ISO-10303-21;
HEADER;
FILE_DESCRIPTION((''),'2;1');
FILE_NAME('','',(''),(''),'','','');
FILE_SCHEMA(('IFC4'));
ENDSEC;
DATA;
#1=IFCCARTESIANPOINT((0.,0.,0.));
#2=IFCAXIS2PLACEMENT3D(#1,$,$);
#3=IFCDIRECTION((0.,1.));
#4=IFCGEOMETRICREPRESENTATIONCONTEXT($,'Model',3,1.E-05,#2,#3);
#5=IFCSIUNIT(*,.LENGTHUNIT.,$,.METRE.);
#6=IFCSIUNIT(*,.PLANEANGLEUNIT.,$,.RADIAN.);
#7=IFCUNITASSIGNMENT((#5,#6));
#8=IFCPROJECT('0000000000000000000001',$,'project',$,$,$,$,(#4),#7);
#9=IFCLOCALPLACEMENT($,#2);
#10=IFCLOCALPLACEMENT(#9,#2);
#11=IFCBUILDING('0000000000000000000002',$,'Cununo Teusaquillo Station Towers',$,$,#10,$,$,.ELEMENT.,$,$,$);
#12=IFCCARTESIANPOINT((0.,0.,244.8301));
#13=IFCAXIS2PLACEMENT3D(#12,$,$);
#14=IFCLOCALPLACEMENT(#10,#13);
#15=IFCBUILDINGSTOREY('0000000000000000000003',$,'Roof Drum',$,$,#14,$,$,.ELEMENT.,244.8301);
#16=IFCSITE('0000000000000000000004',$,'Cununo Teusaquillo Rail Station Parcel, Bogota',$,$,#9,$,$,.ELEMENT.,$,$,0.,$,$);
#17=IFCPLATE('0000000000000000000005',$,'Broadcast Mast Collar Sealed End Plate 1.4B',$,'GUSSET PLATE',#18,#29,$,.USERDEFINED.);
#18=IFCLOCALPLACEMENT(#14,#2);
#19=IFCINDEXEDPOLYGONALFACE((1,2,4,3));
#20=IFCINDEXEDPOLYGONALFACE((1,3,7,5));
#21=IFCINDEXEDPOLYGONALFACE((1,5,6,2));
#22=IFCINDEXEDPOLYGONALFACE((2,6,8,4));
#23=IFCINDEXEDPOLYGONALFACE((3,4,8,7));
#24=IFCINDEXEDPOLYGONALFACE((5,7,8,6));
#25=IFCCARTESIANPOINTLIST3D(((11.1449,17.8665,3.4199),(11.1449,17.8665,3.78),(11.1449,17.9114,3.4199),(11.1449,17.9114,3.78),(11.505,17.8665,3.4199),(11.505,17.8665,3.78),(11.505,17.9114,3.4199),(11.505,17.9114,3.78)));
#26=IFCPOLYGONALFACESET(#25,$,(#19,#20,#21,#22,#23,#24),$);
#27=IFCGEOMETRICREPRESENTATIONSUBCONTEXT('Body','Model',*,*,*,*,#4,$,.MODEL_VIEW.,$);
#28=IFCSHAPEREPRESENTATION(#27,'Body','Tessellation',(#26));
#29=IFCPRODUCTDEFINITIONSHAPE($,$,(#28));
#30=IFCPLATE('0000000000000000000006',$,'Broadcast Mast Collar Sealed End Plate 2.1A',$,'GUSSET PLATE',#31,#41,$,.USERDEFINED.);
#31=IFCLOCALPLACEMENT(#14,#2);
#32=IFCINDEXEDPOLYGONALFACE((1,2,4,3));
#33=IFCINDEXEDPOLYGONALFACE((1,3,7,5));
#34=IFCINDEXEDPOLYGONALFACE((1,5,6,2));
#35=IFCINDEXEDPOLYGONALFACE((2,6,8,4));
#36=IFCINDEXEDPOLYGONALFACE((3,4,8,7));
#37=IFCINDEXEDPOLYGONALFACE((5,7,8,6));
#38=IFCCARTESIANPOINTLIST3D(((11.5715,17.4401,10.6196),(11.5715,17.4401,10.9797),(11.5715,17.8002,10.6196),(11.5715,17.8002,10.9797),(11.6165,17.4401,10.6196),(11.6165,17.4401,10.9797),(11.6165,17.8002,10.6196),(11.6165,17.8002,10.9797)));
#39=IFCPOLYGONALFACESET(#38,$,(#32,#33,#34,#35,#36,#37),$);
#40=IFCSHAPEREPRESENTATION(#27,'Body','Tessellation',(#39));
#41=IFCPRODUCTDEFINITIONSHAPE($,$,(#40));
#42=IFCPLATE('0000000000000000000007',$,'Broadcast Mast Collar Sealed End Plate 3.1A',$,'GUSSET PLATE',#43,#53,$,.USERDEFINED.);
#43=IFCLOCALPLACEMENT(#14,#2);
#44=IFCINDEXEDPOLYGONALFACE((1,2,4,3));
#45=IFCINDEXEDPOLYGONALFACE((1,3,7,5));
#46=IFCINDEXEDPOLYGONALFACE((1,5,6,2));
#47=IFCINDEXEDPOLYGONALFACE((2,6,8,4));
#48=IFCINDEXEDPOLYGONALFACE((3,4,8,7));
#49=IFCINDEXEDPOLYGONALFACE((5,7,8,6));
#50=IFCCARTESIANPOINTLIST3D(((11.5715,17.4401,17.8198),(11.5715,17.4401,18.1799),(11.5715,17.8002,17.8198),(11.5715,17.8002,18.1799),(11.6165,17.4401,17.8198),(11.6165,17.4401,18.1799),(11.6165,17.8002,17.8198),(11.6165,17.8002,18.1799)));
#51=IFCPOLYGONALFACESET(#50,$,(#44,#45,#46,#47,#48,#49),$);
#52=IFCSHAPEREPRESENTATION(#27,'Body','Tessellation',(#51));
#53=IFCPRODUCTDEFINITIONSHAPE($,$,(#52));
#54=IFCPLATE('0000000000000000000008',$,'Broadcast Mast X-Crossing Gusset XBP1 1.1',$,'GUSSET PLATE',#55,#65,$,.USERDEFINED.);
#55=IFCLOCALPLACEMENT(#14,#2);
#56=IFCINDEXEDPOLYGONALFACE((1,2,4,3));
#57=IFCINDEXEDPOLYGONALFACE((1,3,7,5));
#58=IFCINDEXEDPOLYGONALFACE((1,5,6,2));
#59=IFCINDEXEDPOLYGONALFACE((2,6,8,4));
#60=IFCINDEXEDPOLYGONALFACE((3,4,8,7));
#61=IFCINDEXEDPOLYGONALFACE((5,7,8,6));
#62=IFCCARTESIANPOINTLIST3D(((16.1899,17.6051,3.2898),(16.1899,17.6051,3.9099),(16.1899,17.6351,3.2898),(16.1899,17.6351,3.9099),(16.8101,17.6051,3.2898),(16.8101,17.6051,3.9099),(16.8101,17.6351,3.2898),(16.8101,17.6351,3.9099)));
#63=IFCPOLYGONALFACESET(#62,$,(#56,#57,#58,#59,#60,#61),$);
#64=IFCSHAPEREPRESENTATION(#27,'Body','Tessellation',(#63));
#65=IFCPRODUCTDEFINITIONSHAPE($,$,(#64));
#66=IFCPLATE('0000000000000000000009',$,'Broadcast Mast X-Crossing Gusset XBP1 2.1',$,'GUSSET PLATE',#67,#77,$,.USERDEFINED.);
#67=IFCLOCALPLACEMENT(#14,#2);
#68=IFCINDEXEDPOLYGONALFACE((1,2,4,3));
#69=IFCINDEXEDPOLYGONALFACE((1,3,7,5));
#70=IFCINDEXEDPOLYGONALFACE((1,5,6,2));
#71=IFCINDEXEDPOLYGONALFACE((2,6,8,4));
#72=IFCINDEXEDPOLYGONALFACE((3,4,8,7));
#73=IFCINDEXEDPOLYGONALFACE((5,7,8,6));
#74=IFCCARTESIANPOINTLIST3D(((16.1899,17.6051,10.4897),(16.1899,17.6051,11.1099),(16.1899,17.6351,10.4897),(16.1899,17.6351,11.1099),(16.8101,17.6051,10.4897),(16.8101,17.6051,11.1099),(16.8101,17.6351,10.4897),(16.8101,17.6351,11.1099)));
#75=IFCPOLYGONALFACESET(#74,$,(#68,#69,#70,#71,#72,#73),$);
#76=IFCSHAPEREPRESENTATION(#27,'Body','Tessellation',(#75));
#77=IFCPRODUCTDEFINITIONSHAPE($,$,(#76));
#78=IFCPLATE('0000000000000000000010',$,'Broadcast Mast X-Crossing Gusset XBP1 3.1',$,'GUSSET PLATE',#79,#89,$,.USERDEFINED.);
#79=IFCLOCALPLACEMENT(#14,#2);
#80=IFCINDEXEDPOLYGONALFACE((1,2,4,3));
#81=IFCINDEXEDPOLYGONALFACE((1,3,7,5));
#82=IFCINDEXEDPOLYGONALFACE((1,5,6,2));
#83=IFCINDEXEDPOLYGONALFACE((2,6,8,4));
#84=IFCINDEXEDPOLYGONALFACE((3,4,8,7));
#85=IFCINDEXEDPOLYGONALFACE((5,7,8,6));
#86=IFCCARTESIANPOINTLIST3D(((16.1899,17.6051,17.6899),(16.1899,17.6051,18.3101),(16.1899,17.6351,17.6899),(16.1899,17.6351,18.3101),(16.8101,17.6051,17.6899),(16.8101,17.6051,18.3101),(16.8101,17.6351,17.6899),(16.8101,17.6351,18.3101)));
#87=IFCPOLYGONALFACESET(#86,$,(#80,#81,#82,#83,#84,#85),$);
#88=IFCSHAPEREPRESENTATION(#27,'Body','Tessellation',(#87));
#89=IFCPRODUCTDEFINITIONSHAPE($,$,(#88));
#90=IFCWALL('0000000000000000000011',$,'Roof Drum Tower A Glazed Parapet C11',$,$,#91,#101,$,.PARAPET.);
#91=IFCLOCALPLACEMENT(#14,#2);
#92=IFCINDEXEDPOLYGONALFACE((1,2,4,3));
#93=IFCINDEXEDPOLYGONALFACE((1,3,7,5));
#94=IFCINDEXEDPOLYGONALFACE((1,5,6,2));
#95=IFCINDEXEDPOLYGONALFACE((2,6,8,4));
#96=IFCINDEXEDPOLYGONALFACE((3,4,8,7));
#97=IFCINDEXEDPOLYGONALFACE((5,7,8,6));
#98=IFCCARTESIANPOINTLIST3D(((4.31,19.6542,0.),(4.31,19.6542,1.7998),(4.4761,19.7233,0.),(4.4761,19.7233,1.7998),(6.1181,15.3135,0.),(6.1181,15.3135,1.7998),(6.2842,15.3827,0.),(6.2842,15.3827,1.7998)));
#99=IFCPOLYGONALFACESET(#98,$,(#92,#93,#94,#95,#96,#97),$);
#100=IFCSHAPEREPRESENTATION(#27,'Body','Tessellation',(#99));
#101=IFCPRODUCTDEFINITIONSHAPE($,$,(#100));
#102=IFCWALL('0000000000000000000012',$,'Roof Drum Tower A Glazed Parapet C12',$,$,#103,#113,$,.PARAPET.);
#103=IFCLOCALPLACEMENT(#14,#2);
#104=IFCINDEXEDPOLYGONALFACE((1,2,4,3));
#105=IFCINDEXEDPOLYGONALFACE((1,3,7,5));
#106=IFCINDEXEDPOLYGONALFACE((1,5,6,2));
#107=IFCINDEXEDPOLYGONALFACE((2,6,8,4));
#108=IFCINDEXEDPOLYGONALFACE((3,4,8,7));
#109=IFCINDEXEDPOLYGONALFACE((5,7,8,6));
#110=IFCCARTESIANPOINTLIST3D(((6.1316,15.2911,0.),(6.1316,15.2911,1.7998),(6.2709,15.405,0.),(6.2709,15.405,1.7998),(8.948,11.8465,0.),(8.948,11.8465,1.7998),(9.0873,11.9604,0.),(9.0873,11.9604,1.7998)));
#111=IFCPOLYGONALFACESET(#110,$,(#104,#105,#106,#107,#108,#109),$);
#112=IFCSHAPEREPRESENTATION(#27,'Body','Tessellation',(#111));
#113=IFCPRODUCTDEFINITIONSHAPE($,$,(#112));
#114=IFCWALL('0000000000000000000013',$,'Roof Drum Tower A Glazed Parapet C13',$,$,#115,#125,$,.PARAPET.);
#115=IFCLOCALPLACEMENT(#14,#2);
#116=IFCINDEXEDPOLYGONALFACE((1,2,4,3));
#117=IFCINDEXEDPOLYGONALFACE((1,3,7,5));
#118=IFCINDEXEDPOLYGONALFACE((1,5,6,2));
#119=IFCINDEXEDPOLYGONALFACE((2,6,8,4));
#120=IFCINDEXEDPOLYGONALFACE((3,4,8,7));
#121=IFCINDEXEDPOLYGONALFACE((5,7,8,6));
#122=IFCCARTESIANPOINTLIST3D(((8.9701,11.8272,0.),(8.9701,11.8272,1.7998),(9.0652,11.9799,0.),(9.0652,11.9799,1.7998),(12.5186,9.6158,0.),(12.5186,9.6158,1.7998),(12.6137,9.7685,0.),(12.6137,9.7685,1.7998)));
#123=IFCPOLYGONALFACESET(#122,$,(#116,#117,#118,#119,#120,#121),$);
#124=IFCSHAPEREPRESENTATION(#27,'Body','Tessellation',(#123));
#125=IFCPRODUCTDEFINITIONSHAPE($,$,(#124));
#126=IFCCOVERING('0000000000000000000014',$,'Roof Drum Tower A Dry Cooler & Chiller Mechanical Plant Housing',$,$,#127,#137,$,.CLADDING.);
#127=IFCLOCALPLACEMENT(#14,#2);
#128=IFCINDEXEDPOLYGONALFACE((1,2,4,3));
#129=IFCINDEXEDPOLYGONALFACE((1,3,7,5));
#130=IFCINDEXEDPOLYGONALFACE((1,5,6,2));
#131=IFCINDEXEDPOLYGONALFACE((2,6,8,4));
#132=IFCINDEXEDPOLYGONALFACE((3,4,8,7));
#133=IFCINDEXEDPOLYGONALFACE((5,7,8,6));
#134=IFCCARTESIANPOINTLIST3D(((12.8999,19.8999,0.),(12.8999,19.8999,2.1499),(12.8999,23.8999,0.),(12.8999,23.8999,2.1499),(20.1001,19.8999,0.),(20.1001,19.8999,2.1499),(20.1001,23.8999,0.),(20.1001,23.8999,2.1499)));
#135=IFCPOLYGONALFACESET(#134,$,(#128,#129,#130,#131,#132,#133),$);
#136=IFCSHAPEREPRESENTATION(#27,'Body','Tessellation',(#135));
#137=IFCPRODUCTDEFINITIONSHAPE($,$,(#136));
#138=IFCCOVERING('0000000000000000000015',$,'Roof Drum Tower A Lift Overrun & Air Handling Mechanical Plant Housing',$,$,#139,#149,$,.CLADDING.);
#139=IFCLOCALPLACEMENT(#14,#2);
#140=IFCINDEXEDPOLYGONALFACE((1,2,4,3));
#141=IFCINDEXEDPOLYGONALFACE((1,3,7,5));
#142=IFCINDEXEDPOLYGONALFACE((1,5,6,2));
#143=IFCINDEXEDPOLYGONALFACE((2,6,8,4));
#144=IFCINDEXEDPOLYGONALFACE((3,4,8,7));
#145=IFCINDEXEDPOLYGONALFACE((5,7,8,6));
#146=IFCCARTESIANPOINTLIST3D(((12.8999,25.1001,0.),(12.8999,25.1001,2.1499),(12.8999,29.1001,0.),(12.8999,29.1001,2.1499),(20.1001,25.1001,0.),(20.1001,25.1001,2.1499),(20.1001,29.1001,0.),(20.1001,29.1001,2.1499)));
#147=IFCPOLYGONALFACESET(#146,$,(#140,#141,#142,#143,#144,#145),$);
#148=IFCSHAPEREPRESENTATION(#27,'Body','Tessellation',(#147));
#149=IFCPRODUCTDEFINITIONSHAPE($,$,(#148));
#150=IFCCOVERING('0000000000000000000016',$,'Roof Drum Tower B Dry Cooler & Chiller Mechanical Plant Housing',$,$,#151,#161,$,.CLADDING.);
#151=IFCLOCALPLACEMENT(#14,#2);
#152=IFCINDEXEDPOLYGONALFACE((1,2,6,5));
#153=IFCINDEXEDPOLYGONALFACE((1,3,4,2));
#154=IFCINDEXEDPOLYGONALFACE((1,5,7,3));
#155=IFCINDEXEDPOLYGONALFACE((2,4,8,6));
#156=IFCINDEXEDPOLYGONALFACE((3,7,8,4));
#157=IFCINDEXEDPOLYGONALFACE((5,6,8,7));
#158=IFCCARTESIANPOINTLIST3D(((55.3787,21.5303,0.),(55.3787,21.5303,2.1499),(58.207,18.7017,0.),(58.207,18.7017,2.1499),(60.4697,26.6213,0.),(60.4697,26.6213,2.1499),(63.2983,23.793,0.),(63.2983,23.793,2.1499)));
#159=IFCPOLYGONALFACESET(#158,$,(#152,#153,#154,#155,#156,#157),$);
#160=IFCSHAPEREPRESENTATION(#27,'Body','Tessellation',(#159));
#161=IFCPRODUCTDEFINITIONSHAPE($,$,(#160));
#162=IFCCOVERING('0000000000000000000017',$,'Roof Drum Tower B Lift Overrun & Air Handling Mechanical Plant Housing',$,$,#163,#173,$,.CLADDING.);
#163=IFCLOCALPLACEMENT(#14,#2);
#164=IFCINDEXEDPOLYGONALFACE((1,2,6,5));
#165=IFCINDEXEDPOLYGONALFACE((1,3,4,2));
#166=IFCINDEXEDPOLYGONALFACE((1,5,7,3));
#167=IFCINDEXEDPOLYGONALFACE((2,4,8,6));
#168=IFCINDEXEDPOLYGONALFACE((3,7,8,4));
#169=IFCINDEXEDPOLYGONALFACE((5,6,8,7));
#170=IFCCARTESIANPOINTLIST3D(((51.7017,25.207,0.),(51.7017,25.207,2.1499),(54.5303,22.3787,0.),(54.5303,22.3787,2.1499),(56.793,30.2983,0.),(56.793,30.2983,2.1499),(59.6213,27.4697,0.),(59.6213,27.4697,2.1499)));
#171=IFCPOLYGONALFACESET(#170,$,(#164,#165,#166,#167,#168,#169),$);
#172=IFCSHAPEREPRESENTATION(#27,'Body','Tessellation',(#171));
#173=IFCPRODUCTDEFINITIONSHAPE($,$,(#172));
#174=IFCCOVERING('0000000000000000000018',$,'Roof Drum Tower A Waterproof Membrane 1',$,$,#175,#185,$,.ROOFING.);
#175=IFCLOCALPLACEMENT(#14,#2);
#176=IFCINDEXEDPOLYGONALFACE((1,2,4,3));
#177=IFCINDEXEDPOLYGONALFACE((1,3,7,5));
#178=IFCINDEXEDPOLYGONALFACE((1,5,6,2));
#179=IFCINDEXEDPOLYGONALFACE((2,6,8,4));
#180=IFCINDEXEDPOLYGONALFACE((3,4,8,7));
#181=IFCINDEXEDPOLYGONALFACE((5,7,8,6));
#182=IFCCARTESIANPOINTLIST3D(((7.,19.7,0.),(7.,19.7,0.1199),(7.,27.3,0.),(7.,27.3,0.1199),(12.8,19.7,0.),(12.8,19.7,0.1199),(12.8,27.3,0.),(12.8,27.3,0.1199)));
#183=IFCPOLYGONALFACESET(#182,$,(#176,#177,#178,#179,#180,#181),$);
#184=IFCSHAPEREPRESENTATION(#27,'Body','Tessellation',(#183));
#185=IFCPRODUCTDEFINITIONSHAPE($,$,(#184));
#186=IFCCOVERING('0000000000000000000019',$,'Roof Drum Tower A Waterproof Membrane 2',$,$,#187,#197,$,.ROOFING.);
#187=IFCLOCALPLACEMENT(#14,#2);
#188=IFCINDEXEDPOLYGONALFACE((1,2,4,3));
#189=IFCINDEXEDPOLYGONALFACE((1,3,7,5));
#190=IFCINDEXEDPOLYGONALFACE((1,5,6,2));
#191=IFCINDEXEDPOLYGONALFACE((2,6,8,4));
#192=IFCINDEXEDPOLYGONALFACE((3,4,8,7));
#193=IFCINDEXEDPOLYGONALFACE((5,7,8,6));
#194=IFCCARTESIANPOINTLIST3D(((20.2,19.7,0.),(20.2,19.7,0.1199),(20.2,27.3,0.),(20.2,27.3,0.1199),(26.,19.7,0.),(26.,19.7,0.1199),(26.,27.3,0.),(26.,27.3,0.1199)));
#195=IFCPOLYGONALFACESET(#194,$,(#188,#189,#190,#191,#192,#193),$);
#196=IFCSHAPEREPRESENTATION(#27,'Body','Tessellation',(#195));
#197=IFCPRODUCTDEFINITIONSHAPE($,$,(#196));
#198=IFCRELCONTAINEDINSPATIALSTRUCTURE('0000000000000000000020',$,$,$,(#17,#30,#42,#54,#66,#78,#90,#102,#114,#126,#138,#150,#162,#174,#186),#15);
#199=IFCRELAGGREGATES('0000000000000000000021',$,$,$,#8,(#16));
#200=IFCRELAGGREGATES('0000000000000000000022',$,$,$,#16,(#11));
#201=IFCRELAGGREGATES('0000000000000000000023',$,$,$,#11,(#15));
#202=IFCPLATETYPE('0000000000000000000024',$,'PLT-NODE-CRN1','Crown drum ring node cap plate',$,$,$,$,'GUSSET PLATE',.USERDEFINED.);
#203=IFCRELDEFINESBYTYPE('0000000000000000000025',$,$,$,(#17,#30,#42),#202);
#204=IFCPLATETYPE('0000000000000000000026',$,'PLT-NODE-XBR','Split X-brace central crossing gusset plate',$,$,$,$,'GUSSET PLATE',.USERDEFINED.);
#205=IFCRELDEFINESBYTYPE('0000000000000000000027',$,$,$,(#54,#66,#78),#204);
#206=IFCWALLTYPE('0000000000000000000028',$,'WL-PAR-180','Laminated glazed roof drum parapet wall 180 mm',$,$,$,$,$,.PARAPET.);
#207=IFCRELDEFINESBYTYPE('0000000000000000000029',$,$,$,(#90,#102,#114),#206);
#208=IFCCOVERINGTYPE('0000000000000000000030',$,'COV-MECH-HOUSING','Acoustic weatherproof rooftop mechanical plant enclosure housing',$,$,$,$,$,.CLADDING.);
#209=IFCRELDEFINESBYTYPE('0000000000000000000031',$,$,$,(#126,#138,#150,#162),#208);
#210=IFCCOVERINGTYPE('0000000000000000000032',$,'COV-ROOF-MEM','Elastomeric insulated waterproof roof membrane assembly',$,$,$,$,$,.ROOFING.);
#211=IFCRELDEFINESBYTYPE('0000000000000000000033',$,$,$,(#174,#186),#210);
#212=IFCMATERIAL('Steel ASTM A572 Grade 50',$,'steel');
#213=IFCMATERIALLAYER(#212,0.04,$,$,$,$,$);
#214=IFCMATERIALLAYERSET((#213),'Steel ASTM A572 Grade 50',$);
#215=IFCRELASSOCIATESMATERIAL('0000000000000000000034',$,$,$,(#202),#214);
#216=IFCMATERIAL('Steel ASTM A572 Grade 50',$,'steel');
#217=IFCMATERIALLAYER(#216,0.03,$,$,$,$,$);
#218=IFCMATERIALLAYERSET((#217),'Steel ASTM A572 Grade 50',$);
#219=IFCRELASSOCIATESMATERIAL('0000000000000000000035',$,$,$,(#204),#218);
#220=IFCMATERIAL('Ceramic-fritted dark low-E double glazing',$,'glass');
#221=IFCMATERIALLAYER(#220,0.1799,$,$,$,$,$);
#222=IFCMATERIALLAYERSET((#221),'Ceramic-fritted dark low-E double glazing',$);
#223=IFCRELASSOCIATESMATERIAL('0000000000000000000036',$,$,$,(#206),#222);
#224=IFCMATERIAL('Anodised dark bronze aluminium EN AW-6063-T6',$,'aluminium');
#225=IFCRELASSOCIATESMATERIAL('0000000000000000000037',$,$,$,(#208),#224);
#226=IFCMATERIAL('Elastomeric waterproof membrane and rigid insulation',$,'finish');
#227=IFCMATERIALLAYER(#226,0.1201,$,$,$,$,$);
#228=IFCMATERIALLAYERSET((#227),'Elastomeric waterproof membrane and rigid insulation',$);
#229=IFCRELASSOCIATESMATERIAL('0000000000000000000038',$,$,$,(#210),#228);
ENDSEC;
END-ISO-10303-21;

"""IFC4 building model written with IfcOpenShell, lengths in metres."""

from ifc_helpers import new_model, si_unit, direction, frame, frame_2d, origin, origin_2d, place, context, subcontext, project, spatial, polyline, rectangle, outline, extrude, source, transform, mapped, material, layer, layer_set, type_object, element, save


model = new_model("IFC4")

# Units and contexts
model_context = context("Model", 3, precision=1e-05, world=origin(), true_north=direction((0.0, 1.0)))
body_context = subcontext(model_context, "Body", "Model", "MODEL_VIEW")
ifc_project = project(units=[si_unit("LENGTHUNIT", "METRE"), si_unit("PLANEANGLEUNIT", "RADIAN")], contexts=[model_context])

# Site, building, storey
site_placement = place(None, origin())
site = spatial("IfcSite", under=ifc_project, at=site_placement, Name="Cununo Teusaquillo Rail Station Parcel, Bogota", CompositionType="ELEMENT", RefElevation=0.0)
building_placement = place(site_placement, origin())
building = spatial("IfcBuilding", under=site, at=building_placement, Name="Cununo Teusaquillo Station Towers", CompositionType="ELEMENT")
storey_placement = place(building_placement, frame((0.0, 0.0, 244.8301)))
storey = spatial("IfcBuildingStorey", under=building, at=storey_placement, Name="Roof Drum", CompositionType="ELEMENT", Elevation=244.8301)

# Plates
ifc_material_1 = material(Name="Steel ASTM A572 Grade 50", Category="steel")
ifc_layer_1 = layer(ifc_material_1, 0.04)
ifc_layer_set_1 = layer_set([ifc_layer_1], Name="Steel ASTM A572 Grade 50")
plate_type_1 = type_object("IfcPlateType", Name="PLT-NODE-CRN1", Description="Crown drum ring node cap plate", ElementType="GUSSET PLATE", PredefinedType="USERDEFINED", material=ifc_layer_set_1)
shared_shape_1 = source(origin(), body_context, "Body", "SweptSolid", [
    extrude(rectangle(XDim=0.0449, YDim=0.3601, at=origin_2d()), origin(), (0.0, 0.0, 1.0), 0.3601),
])
for number, where, z_axis, x_axis, name in (
    (1, (11.325, 17.8889, 3.4199), (0.0, 0.0, 1.0), (0.0, -1.0, 0.0), "Broadcast Mast Collar Sealed End Plate 1.4B"),
    (2, (11.594, 17.6201, 10.6196), (0.0, 0.0, 1.0), (1.0, 0.0, 0.0), "Broadcast Mast Collar Sealed End Plate 2.1A"),
    (3, (11.594, 17.6201, 17.8198), (0.0, 0.0, 1.0), (1.0, 0.0, 0.0), "Broadcast Mast Collar Sealed End Plate 3.1A"),
):
    element("IfcPlate", number, at=place(storey_placement, frame(where, z_axis=z_axis, x_axis=x_axis)), inside=storey, type_object=plate_type_1, Name=name, ObjectType="GUSSET PLATE", PredefinedType="USERDEFINED", context=body_context, shape_type="MappedRepresentation", body=[
        mapped(shared_shape_1, transform((0.0, 0.0, 0.0), x_axis=(1.0, 0.0, 0.0), y_axis=(0.0, 1.0, 0.0), z_axis=(0.0, 0.0, 1.0), scale=1.0)),
    ])
ifc_material_2 = material(Name="Steel ASTM A572 Grade 50", Category="steel")
ifc_layer_2 = layer(ifc_material_2, 0.03)
ifc_layer_set_2 = layer_set([ifc_layer_2], Name="Steel ASTM A572 Grade 50")
plate_type_2 = type_object("IfcPlateType", Name="PLT-NODE-XBR", Description="Split X-brace central crossing gusset plate", ElementType="GUSSET PLATE", PredefinedType="USERDEFINED", material=ifc_layer_set_2)
shared_shape_2 = source(origin(), body_context, "Body", "SweptSolid", [
    extrude(rectangle(XDim=0.6201, YDim=0.03, at=origin_2d()), origin(), (0.0, 0.0, 1.0), 0.6201),
])
for number, where, z_axis, x_axis, name in (
    (4, (16.5, 17.6201, 3.2898), (0.0, 0.0, 1.0), (1.0, 0.0, 0.0), "Broadcast Mast X-Crossing Gusset XBP1 1.1"),
    (5, (16.5, 17.6201, 10.4897), (0.0, 0.0, 1.0), (1.0, 0.0, 0.0), "Broadcast Mast X-Crossing Gusset XBP1 2.1"),
    (6, (16.5, 17.6201, 17.6899), (0.0, 0.0, 1.0), (1.0, 0.0, 0.0), "Broadcast Mast X-Crossing Gusset XBP1 3.1"),
):
    element("IfcPlate", number, at=place(storey_placement, frame(where, z_axis=z_axis, x_axis=x_axis)), inside=storey, type_object=plate_type_2, Name=name, ObjectType="GUSSET PLATE", PredefinedType="USERDEFINED", context=body_context, shape_type="MappedRepresentation", body=[
        mapped(shared_shape_2, transform((0.0, 0.0, 0.0), x_axis=(1.0, 0.0, 0.0), y_axis=(0.0, 1.0, 0.0), z_axis=(0.0, 0.0, 1.0), scale=1.0)),
    ])

# Walls
ifc_material_3 = material(Name="Ceramic-fritted dark low-E double glazing", Category="glass")
ifc_layer_3 = layer(ifc_material_3, 0.1799)
ifc_layer_set_3 = layer_set([ifc_layer_3], Name="Ceramic-fritted dark low-E double glazing")
wall_type = type_object("IfcWallType", Name="WL-PAR-180", Description="Laminated glazed roof drum parapet wall 180 mm", PredefinedType="PARAPET", material=ifc_layer_set_3)
wall_1_placement = place(storey_placement, frame((6.2012, 15.3481, 0.0), z_axis=(0.0, 0.0, 1.0), x_axis=(-0.384531, 0.923112, 0.0)))
element("IfcWall", 7, at=wall_1_placement, inside=storey, type_object=wall_type, Name="Roof Drum Tower A Glazed Parapet C11", PredefinedType="PARAPET", context=body_context, shape_type="SweptSolid", body=[
    extrude(rectangle(XDim=4.7021, YDim=0.1799, at=frame_2d((2.3511, 0.0))), origin(), (0.0, 0.0, 1.0), 1.7998),
])
wall_2_placement = place(storey_placement, frame((9.0176, 11.9036, 0.0), z_axis=(0.0, 0.0, 1.0), x_axis=(-0.632984, 0.774165, 0.0)))
element("IfcWall", 8, at=wall_2_placement, inside=storey, type_object=wall_type, Name="Roof Drum Tower A Glazed Parapet C12", PredefinedType="PARAPET", context=body_context, shape_type="SweptSolid", body=[
    extrude(rectangle(XDim=4.4495, YDim=0.1799, at=frame_2d((2.2246, 0.0))), origin(), (0.0, 0.0, 1.0), 1.7998),
])
wall_3_placement = place(storey_placement, frame((12.5662, 9.6921, 0.0), z_axis=(0.0, 0.0, 1.0), x_axis=(-0.84869, 0.528891, 0.0)))
element("IfcWall", 9, at=wall_3_placement, inside=storey, type_object=wall_type, Name="Roof Drum Tower A Glazed Parapet C13", PredefinedType="PARAPET", context=body_context, shape_type="SweptSolid", body=[
    extrude(rectangle(XDim=4.1812, YDim=0.1799, at=frame_2d((2.0906, 0.0))), origin(), (0.0, 0.0, 1.0), 1.7998),
])

# Coverings
ifc_material_4 = material(Name="Anodised dark bronze aluminium EN AW-6063-T6", Category="aluminium")
covering_type_1 = type_object("IfcCoveringType", Name="COV-MECH-HOUSING", Description="Acoustic weatherproof rooftop mechanical plant enclosure housing", PredefinedType="CLADDING", material=ifc_material_4)
covering_1_placement = place(storey_placement, origin())
element("IfcCovering", 10, at=covering_1_placement, inside=storey, type_object=covering_type_1, Name="Roof Drum Tower A Dry Cooler & Chiller Mechanical Plant Housing", PredefinedType="CLADDING", context=body_context, shape_type="SweptSolid", body=[
    extrude(outline(polyline([(12.8999, 19.8999), (20.1001, 19.8999), (20.1001, 23.8999), (12.8999, 23.8999), (12.8999, 19.8999)])), origin(), (0.0, 0.0, 1.0), 2.1499),
])
covering_2_placement = place(storey_placement, origin())
element("IfcCovering", 11, at=covering_2_placement, inside=storey, type_object=covering_type_1, Name="Roof Drum Tower A Lift Overrun & Air Handling Mechanical Plant Housing", PredefinedType="CLADDING", context=body_context, shape_type="SweptSolid", body=[
    extrude(outline(polyline([(12.8999, 25.1001), (20.1001, 25.1001), (20.1001, 29.1001), (12.8999, 29.1001), (12.8999, 25.1001)])), origin(), (0.0, 0.0, 1.0), 2.1499),
])
covering_3_placement = place(storey_placement, origin())
element("IfcCovering", 12, at=covering_3_placement, inside=storey, type_object=covering_type_1, Name="Roof Drum Tower B Dry Cooler & Chiller Mechanical Plant Housing", PredefinedType="CLADDING", context=body_context, shape_type="SweptSolid", body=[
    extrude(outline(polyline([(58.207, 18.7017), (63.2983, 23.793), (60.4697, 26.6213), (55.3787, 21.5303), (58.207, 18.7017)])), origin(), (0.0, 0.0, 1.0), 2.1499),
])
covering_4_placement = place(storey_placement, origin())
element("IfcCovering", 13, at=covering_4_placement, inside=storey, type_object=covering_type_1, Name="Roof Drum Tower B Lift Overrun & Air Handling Mechanical Plant Housing", PredefinedType="CLADDING", context=body_context, shape_type="SweptSolid", body=[
    extrude(outline(polyline([(54.5303, 22.3787), (59.6213, 27.4697), (56.793, 30.2983), (51.7017, 25.207), (54.5303, 22.3787)])), origin(), (0.0, 0.0, 1.0), 2.1499),
])
ifc_material_5 = material(Name="Elastomeric waterproof membrane and rigid insulation", Category="finish")
ifc_layer_4 = layer(ifc_material_5, 0.1201)
ifc_layer_set_4 = layer_set([ifc_layer_4], Name="Elastomeric waterproof membrane and rigid insulation")
covering_type_2 = type_object("IfcCoveringType", Name="COV-ROOF-MEM", Description="Elastomeric insulated waterproof roof membrane assembly", PredefinedType="ROOFING", material=ifc_layer_set_4)
covering_5_placement = place(storey_placement, origin())
element("IfcCovering", 14, at=covering_5_placement, inside=storey, type_object=covering_type_2, Name="Roof Drum Tower A Waterproof Membrane 1", PredefinedType="ROOFING", context=body_context, shape_type="SweptSolid", body=[
    extrude(outline(polyline([(7.0, 27.3), (12.8, 27.3), (12.8, 19.7), (7.0, 19.7), (7.0, 27.3)])), origin(), (0.0, 0.0, 1.0), 0.1199),
])
covering_6_placement = place(storey_placement, origin())
element("IfcCovering", 15, at=covering_6_placement, inside=storey, type_object=covering_type_2, Name="Roof Drum Tower A Waterproof Membrane 2", PredefinedType="ROOFING", context=body_context, shape_type="SweptSolid", body=[
    extrude(outline(polyline([(20.2, 27.3), (26.0, 27.3), (26.0, 19.7), (20.2, 19.7), (20.2, 27.3)])), origin(), (0.0, 0.0, 1.0), 0.1199),
])

save(model, "model.ifc")
